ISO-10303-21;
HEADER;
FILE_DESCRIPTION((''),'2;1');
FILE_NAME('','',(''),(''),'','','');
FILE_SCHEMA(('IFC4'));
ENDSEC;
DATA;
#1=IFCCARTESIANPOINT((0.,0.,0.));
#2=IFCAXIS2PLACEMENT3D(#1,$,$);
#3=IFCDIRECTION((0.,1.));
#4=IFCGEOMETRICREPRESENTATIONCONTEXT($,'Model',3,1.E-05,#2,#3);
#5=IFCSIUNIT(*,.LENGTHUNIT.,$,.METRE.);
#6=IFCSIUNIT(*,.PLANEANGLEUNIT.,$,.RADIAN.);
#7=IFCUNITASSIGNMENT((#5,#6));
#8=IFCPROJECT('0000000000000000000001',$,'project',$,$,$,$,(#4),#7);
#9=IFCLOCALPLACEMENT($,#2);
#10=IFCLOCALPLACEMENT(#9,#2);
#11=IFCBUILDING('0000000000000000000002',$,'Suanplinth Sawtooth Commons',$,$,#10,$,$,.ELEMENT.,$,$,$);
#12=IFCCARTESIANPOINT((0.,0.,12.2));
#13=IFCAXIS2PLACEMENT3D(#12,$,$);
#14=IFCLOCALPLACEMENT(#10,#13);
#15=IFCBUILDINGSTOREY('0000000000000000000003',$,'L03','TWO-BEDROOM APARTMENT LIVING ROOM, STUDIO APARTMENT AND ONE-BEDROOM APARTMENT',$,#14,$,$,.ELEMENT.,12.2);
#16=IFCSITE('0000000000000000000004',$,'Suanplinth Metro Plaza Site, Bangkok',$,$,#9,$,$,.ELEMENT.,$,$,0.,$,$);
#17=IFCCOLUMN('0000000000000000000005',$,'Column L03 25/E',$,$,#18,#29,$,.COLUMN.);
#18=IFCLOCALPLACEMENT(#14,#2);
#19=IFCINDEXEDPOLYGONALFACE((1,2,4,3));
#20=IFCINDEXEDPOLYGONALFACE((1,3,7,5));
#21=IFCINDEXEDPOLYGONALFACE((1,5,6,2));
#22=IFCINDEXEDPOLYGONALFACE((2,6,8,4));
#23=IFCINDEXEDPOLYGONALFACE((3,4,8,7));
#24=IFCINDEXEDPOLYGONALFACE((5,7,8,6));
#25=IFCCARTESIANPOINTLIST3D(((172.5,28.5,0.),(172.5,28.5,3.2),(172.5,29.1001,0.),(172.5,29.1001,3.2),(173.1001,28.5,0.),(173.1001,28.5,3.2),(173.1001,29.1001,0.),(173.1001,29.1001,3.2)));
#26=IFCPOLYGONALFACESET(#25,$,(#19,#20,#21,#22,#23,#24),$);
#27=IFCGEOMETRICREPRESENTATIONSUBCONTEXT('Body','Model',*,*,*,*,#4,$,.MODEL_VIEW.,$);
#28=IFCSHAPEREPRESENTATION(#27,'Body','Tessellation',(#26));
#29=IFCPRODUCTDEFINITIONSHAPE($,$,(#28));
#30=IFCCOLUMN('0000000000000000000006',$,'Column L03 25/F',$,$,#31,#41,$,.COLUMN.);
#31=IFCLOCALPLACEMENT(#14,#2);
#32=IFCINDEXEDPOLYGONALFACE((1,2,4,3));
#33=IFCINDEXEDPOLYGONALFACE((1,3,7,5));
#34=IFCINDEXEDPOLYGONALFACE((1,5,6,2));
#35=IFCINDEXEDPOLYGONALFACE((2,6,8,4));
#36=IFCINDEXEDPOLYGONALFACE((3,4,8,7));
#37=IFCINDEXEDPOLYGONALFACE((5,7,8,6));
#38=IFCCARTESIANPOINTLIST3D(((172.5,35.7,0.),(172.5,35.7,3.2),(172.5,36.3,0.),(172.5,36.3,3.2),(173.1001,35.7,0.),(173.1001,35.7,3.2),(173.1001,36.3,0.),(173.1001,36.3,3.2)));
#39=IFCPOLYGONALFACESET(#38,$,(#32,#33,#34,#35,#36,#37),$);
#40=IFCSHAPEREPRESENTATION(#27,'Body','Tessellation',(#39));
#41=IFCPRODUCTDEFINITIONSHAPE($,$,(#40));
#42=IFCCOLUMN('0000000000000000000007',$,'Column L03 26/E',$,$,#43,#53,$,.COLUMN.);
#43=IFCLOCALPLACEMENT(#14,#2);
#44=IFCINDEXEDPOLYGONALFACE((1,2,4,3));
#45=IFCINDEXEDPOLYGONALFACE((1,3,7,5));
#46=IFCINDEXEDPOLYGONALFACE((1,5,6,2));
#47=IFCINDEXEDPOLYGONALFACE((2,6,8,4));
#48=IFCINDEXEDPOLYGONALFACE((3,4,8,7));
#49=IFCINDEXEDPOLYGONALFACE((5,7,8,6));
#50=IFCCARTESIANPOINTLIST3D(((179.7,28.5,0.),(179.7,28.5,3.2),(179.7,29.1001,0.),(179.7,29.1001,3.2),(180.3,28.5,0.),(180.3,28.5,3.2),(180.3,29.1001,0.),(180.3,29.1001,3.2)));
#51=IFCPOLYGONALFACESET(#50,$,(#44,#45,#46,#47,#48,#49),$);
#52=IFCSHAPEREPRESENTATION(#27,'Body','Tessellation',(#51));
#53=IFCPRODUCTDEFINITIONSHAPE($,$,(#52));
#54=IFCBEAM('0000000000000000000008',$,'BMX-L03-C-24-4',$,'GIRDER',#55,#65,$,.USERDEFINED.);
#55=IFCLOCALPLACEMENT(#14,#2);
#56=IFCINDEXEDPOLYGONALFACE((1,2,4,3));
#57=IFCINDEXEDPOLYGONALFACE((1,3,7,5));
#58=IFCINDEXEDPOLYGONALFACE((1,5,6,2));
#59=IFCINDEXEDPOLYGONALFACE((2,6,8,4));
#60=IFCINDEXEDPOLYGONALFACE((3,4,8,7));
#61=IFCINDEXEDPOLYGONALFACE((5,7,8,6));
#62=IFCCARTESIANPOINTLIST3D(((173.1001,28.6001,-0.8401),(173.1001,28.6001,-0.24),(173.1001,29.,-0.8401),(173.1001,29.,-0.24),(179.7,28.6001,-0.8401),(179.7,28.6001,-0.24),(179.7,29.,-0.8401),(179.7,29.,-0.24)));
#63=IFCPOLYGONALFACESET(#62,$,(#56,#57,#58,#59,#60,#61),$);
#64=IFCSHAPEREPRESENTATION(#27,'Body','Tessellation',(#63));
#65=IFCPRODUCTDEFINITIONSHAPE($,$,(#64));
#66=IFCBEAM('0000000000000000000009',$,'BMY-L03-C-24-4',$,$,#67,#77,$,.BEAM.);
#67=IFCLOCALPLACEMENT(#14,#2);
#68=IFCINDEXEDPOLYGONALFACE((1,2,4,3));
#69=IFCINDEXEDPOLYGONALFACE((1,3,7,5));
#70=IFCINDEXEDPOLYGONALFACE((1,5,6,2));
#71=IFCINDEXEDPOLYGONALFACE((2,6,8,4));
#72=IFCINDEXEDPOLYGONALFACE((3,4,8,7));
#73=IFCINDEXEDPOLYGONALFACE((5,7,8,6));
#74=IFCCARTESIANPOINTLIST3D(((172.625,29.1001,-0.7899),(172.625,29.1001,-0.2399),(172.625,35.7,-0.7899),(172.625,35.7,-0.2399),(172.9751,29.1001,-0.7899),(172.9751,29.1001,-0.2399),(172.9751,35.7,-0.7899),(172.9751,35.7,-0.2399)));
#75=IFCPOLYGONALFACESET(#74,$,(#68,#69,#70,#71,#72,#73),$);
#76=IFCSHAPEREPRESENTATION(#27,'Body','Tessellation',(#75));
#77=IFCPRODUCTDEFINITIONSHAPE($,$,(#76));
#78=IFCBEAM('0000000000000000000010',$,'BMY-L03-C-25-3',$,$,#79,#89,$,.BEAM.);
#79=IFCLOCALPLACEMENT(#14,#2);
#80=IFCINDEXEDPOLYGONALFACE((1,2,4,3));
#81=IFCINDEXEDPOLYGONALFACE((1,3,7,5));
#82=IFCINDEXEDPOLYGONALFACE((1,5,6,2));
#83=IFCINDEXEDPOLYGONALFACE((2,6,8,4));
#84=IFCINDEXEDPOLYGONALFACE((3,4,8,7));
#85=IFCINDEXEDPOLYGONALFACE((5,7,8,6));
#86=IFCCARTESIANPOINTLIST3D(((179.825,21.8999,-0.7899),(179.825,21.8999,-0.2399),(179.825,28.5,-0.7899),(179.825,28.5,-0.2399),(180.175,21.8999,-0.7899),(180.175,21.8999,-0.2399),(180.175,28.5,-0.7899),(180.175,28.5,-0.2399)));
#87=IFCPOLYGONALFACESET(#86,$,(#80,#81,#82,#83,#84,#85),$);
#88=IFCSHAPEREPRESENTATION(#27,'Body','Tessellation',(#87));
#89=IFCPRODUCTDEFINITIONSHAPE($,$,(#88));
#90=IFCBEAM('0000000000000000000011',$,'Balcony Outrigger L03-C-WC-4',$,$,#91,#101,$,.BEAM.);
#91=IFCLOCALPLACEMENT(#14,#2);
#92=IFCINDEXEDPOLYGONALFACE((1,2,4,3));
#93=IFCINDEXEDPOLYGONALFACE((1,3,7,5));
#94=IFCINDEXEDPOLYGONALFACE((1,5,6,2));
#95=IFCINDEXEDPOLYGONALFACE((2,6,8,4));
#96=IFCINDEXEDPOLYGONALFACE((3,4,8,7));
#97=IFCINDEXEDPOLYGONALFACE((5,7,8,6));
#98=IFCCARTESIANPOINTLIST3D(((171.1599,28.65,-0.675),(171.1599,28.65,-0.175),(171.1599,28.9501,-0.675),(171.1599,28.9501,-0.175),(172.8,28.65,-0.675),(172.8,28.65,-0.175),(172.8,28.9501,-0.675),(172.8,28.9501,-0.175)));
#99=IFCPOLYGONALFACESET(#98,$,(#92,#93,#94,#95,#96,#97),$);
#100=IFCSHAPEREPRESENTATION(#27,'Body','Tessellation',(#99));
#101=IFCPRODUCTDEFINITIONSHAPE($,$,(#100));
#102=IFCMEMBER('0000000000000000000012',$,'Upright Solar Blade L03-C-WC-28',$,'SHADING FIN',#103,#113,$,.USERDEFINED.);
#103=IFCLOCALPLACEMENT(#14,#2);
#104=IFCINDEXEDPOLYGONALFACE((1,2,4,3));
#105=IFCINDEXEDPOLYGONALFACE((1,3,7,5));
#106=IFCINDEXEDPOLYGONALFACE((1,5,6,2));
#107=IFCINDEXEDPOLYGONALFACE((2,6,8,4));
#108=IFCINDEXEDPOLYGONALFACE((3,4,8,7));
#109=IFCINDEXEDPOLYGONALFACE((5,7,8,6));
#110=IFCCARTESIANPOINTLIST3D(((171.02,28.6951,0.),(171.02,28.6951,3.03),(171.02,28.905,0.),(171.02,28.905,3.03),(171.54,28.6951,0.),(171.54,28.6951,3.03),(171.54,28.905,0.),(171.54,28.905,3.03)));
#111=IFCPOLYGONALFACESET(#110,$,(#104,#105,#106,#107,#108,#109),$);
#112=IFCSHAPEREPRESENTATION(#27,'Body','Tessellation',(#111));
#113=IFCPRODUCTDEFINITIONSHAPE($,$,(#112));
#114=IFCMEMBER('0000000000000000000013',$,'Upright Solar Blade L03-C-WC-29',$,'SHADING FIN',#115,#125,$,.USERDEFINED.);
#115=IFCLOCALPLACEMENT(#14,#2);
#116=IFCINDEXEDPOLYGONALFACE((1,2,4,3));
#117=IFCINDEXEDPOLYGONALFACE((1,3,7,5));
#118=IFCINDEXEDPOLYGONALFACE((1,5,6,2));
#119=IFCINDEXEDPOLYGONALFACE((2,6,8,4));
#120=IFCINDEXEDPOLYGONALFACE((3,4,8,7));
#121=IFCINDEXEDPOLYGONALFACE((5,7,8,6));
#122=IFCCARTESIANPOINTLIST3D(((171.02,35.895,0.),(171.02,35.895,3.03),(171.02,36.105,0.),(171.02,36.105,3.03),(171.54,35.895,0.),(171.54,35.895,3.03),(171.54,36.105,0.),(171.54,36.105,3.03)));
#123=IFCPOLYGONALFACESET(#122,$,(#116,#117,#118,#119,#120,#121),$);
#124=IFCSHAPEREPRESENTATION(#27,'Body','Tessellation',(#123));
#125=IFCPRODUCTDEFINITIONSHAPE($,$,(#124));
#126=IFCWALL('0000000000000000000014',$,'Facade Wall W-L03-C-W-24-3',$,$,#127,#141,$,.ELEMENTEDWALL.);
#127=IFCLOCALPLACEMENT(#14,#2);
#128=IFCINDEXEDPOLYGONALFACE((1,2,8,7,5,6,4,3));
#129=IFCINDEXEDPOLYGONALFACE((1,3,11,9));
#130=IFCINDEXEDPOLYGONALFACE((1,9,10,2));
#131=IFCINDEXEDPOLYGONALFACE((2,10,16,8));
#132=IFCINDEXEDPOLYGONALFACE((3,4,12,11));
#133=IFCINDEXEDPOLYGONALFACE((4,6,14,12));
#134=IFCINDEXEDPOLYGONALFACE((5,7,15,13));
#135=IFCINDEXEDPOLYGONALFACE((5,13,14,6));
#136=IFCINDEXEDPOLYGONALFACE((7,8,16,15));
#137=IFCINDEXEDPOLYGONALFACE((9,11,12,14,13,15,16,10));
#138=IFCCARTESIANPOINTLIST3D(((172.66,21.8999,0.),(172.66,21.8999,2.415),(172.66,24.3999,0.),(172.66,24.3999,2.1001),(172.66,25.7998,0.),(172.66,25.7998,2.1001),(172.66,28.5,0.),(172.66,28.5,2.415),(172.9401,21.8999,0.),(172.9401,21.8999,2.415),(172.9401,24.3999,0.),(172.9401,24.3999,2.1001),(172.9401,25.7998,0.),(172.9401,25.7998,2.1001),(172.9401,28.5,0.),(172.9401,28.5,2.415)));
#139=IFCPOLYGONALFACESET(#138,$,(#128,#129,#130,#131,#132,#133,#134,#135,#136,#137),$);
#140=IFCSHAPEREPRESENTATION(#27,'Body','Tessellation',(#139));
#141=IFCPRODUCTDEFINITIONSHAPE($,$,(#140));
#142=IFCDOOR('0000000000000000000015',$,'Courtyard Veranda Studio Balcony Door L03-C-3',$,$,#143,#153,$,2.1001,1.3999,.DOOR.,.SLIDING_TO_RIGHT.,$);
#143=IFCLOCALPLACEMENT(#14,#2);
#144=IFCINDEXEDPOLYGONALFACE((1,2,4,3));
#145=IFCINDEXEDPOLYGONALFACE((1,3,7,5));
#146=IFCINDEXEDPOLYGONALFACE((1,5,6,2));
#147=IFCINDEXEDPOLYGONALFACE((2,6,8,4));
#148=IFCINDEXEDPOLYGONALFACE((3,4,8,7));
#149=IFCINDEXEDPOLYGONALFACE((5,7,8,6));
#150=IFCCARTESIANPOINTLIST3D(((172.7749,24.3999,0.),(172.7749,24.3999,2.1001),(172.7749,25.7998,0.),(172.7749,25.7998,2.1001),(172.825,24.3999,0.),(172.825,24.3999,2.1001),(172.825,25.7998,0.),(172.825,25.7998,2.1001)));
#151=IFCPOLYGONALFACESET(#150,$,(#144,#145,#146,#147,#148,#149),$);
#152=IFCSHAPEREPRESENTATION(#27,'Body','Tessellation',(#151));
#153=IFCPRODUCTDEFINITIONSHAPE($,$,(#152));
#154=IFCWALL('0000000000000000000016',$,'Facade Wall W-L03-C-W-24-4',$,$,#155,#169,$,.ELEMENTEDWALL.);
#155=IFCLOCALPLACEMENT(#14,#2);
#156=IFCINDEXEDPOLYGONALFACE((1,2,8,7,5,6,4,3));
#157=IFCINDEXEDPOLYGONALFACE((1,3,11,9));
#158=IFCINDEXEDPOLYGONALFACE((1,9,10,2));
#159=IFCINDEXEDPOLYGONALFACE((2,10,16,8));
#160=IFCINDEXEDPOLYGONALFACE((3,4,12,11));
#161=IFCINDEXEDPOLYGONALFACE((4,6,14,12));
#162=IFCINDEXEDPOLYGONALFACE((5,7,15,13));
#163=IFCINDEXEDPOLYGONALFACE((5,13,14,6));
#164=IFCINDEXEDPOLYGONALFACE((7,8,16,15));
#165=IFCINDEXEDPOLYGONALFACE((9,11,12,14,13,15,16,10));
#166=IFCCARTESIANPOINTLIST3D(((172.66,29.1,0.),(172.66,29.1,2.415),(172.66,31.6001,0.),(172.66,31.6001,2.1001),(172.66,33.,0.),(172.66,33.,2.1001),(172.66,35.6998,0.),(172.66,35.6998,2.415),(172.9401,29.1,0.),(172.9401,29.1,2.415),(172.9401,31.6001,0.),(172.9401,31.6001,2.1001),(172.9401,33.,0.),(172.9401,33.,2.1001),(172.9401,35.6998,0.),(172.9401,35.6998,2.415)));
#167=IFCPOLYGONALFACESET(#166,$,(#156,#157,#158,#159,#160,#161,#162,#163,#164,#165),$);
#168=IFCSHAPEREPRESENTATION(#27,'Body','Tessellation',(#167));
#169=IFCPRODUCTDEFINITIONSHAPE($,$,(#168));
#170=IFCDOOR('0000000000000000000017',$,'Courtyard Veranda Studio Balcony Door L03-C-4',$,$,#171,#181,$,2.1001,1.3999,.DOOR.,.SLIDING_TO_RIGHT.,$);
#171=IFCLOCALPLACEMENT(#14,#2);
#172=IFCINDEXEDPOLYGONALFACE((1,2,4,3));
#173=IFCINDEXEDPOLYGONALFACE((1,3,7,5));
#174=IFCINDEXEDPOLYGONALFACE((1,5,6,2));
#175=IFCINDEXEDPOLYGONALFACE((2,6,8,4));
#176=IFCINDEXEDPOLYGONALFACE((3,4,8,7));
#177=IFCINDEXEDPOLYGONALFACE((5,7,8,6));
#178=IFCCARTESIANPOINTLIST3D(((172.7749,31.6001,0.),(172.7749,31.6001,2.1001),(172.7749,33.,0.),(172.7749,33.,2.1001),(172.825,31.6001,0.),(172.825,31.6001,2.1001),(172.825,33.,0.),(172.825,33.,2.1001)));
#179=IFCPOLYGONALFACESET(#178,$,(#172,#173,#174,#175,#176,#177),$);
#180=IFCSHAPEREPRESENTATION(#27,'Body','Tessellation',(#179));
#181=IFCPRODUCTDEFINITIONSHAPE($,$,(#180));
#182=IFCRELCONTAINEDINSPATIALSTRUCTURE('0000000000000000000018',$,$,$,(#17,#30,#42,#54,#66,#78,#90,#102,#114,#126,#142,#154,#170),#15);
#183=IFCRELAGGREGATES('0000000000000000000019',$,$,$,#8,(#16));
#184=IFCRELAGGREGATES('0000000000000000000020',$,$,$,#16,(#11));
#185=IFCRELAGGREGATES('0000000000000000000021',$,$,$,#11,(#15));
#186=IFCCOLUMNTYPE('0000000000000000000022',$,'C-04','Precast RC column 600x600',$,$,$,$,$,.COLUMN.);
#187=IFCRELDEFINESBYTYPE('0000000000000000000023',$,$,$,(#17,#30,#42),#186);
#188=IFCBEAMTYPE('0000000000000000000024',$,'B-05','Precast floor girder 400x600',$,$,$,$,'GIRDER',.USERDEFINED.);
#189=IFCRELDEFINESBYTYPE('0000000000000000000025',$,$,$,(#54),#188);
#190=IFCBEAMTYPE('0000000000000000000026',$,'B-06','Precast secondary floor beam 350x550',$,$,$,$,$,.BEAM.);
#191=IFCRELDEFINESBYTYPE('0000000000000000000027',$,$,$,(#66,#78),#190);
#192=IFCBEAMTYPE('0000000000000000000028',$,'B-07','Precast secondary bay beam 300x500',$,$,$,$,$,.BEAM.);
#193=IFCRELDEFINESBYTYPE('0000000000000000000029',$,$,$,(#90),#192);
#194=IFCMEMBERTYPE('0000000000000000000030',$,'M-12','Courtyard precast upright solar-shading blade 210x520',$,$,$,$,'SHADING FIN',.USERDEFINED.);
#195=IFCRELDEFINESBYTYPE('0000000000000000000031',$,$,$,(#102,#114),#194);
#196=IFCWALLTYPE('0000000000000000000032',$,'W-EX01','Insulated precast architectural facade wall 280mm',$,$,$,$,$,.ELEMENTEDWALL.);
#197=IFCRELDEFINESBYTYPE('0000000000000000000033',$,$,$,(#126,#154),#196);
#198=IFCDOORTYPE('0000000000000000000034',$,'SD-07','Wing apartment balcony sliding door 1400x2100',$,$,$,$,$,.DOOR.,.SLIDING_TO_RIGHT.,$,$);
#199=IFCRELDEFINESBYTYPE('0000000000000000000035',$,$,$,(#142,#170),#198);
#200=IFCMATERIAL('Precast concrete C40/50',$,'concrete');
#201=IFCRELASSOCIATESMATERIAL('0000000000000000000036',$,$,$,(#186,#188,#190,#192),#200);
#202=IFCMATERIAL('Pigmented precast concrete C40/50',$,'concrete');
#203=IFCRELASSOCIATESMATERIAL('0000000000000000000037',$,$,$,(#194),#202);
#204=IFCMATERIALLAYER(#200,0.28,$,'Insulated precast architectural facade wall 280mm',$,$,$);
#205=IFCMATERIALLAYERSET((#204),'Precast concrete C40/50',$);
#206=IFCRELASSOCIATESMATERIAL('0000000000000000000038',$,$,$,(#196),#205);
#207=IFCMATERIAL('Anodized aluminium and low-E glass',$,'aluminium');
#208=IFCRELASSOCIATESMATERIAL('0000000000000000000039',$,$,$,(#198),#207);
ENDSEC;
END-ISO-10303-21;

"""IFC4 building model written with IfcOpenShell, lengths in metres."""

from ifc_helpers import new_model, si_unit, direction, frame, frame_2d, origin, origin_2d, place, context, subcontext, project, spatial, rectangle, extrude, material, layer, layer_set, material_profile, profile_set, type_object, element, fill, save


model = new_model("IFC4")

# Units and contexts
model_context = context("Model", 3, precision=1e-05, world=origin(), true_north=direction((0.0, 1.0)))
body_context = subcontext(model_context, "Body", "Model", "MODEL_VIEW")
ifc_project = project(units=[si_unit("LENGTHUNIT", "METRE"), si_unit("PLANEANGLEUNIT", "RADIAN")], contexts=[model_context])

# Site, building, storey
site_placement = place(None, origin())
site = spatial("IfcSite", under=ifc_project, at=site_placement, Name="Suanplinth Metro Plaza Site, Bangkok", CompositionType="ELEMENT", RefElevation=0.0)
building_placement = place(site_placement, origin())
building = spatial("IfcBuilding", under=site, at=building_placement, Name="Suanplinth Sawtooth Commons", CompositionType="ELEMENT")
storey_placement = place(building_placement, frame((0.0, 0.0, 12.2)))
storey = spatial("IfcBuildingStorey", under=building, at=storey_placement, Name="L03", Description="TWO-BEDROOM APARTMENT LIVING ROOM, STUDIO APARTMENT AND ONE-BEDROOM APARTMENT", CompositionType="ELEMENT", Elevation=12.2)

# Columns
ifc_material_1 = material(Name="Precast concrete C40/50", Category="concrete")
ifc_material_profile_1 = material_profile(ifc_material_1, rectangle(XDim=0.6001, YDim=0.6001, at=origin_2d()), Name="PC-COL 600x600")
ifc_profile_set_1 = profile_set([ifc_material_profile_1], Name="Precast concrete C40/50")
column_type = type_object("IfcColumnType", Name="C-04", Description="Precast RC column 600x600", PredefinedType="COLUMN", material=ifc_profile_set_1)
for number, where, z_axis, x_axis, name in (
    (1, (172.8, 28.8, 0.0), (0.0, 0.0, 1.0), (1.0, 0.0, 0.0), "Column L03 25/E"),
    (2, (172.8, 36.0, 0.0), (0.0, 0.0, 1.0), (1.0, 0.0, 0.0), "Column L03 25/F"),
    (3, (180.0, 28.8, 0.0), (0.0, 0.0, 1.0), (1.0, 0.0, 0.0), "Column L03 26/E"),
):
    element("IfcColumn", number, at=place(storey_placement, frame(where, z_axis=z_axis, x_axis=x_axis)), inside=storey, type_object=column_type, Name=name, PredefinedType="COLUMN", context=body_context, shape_type="SweptSolid", body=[
        extrude(rectangle(XDim=0.6001, YDim=0.6001, at=origin_2d()), origin(), (0.0, 0.0, 1.0), 3.2),
    ])

# Beams
ifc_material_profile_2 = material_profile(ifc_material_1, rectangle(XDim=0.3999, YDim=0.6001, at=origin_2d()), Name="PC-GDR 400x600")
ifc_profile_set_2 = profile_set([ifc_material_profile_2], Name="Precast concrete C40/50")
beam_type_1 = type_object("IfcBeamType", Name="B-05", Description="Precast floor girder 400x600", ElementType="GIRDER", PredefinedType="USERDEFINED", material=ifc_profile_set_2)
beam_1_placement = place(storey_placement, frame((173.1001, 28.8, -0.54), z_axis=(1.0, 0.0, 0.0), x_axis=(0.0, 1.0, 0.0)))
element("IfcBeam", 4, at=beam_1_placement, inside=storey, type_object=beam_type_1, Name="BMX-L03-C-24-4", ObjectType="GIRDER", PredefinedType="USERDEFINED", context=body_context, shape_type="SweptSolid", body=[
    extrude(rectangle(XDim=0.3999, YDim=0.6001, at=origin_2d()), origin(), (0.0, 0.0, 1.0), 6.5999),
])
ifc_material_profile_3 = material_profile(ifc_material_1, rectangle(XDim=0.3501, YDim=0.55, at=origin_2d()), Name="PC-BM 350x550")
ifc_profile_set_3 = profile_set([ifc_material_profile_3], Name="Precast concrete C40/50")
beam_type_2 = type_object("IfcBeamType", Name="B-06", Description="Precast secondary floor beam 350x550", PredefinedType="BEAM", material=ifc_profile_set_3)
beam_2_placement = place(storey_placement, frame((172.8, 29.1001, -0.5149), z_axis=(0.0, 1.0, 0.0), x_axis=(-1.0, 0.0, 0.0)))
element("IfcBeam", 5, at=beam_2_placement, inside=storey, type_object=beam_type_2, Name="BMY-L03-C-24-4", PredefinedType="BEAM", context=body_context, shape_type="SweptSolid", body=[
    extrude(rectangle(XDim=0.3501, YDim=0.55, at=origin_2d()), origin(), (0.0, 0.0, 1.0), 6.5999),
])
beam_3_placement = place(storey_placement, frame((180.0, 21.8999, -0.5149), z_axis=(0.0, 1.0, 0.0), x_axis=(-1.0, 0.0, 0.0)))
element("IfcBeam", 6, at=beam_3_placement, inside=storey, type_object=beam_type_2, Name="BMY-L03-C-25-3", PredefinedType="BEAM", context=body_context, shape_type="SweptSolid", body=[
    extrude(rectangle(XDim=0.3501, YDim=0.55, at=origin_2d()), origin(), (0.0, 0.0, 1.0), 6.6001),
])
ifc_material_profile_4 = material_profile(ifc_material_1, rectangle(XDim=0.3, YDim=0.5, at=origin_2d()), Name="PC-BM 300x500")
ifc_profile_set_4 = profile_set([ifc_material_profile_4], Name="Precast concrete C40/50")
beam_type_3 = type_object("IfcBeamType", Name="B-07", Description="Precast secondary bay beam 300x500", PredefinedType="BEAM", material=ifc_profile_set_4)
beam_4_placement = place(storey_placement, frame((172.8, 28.8, -0.425), z_axis=(-1.0, 0.0, 0.0), x_axis=(0.0, -1.0, 0.0)))
element("IfcBeam", 7, at=beam_4_placement, inside=storey, type_object=beam_type_3, Name="Balcony Outrigger L03-C-WC-4", PredefinedType="BEAM", context=body_context, shape_type="SweptSolid", body=[
    extrude(rectangle(XDim=0.3, YDim=0.5, at=origin_2d()), origin(), (0.0, 0.0, 1.0), 1.6401),
])

# Members
ifc_material_2 = material(Name="Pigmented precast concrete C40/50", Category="concrete")
ifc_material_profile_5 = material_profile(ifc_material_2, rectangle(XDim=0.21, YDim=0.52, at=origin_2d()), Name="PC-FIN 210x520")
ifc_profile_set_5 = profile_set([ifc_material_profile_5], Name="Pigmented precast concrete C40/50")
member_type = type_object("IfcMemberType", Name="M-12", Description="Courtyard precast upright solar-shading blade 210x520", ElementType="SHADING FIN", PredefinedType="USERDEFINED", material=ifc_profile_set_5)
for number, where, z_axis, x_axis, name in (
    (8, (171.28, 28.8, 0.0), (0.0, 0.0, 1.0), (0.0, 1.0, 0.0), "Upright Solar Blade L03-C-WC-28"),
    (9, (171.28, 36.0, 0.0), (0.0, 0.0, 1.0), (0.0, 1.0, 0.0), "Upright Solar Blade L03-C-WC-29"),
):
    element("IfcMember", number, at=place(storey_placement, frame(where, z_axis=z_axis, x_axis=x_axis)), inside=storey, type_object=member_type, Name=name, ObjectType="SHADING FIN", PredefinedType="USERDEFINED", context=body_context, shape_type="SweptSolid", body=[
        extrude(rectangle(XDim=0.21, YDim=0.52, at=origin_2d()), origin(), (0.0, 0.0, 1.0), 3.03),
    ])

# Walls, openings, doors
ifc_layer_1 = layer(ifc_material_1, 0.28, Name="Insulated precast architectural facade wall 280mm")
ifc_layer_set_1 = layer_set([ifc_layer_1], Name="Precast concrete C40/50")
wall_type_1 = type_object("IfcWallType", Name="W-EX01", Description="Insulated precast architectural facade wall 280mm", PredefinedType="ELEMENTEDWALL", material=ifc_layer_set_1)
wall_1_placement = place(storey_placement, frame((172.8, 21.8999, 0.0), z_axis=(0.0, 0.0, 1.0), x_axis=(0.0, 1.0, 0.0)))
wall_1 = element("IfcWall", 10, at=wall_1_placement, inside=storey, type_object=wall_type_1, Name="Facade Wall W-L03-C-W-24-3", PredefinedType="ELEMENTEDWALL", context=body_context, shape_type="SweptSolid", body=[
    extrude(rectangle(XDim=6.6001, YDim=0.28, at=frame_2d((3.3, 0.0))), origin(), (0.0, 0.0, 1.0), 2.415),
])
opening_1_placement = place(wall_1_placement, frame((2.5, 0.0, 0.0)))
opening_1 = element("IfcOpeningElement", 11, at=opening_1_placement, cuts=wall_1, PredefinedType="OPENING", context=body_context, shape_type="SweptSolid", body=[
    extrude(rectangle(XDim=1.3999, YDim=2.1001, at=frame_2d((0.7, 1.05))), frame((0.0, 0.1548, 0.0), z_axis=(0.0, -1.0, 0.0), x_axis=(1.0, 0.0, 0.0)), (0.0, 0.0, 1.0), 0.3098),
])
ifc_material_3 = material(Name="Anodized aluminium and low-E glass", Category="aluminium")
door_type_1 = type_object("IfcDoorType", Name="SD-07", Description="Wing apartment balcony sliding door 1400x2100", OperationType="SLIDING_TO_RIGHT", PredefinedType="DOOR", material=ifc_material_3)
door_1_placement = place(opening_1_placement, frame((1.3999, 0.0, 0.0), z_axis=(0.0, 0.0, 1.0), x_axis=(-1.0, 0.0, 0.0)))
door_1 = element("IfcDoor", 12, at=door_1_placement, inside=storey, type_object=door_type_1, Name="Courtyard Veranda Studio Balcony Door L03-C-3", OperationType="SLIDING_TO_RIGHT", OverallHeight=2.1001, OverallWidth=1.3999, PredefinedType="DOOR", context=body_context, shape_type="SweptSolid", body=[
    extrude(rectangle(XDim=1.3999, YDim=2.1001, at=frame_2d((0.7, 1.05))), frame((0.0, 0.0249, 0.0), z_axis=(0.0, -1.0, 0.0), x_axis=(1.0, 0.0, 0.0)), (0.0, 0.0, 1.0), 0.05),
])
fill(opening_1, door_1)
wall_2_placement = place(storey_placement, frame((172.8, 29.1001, 0.0), z_axis=(0.0, 0.0, 1.0), x_axis=(0.0, 1.0, 0.0)))
wall_2 = element("IfcWall", 13, at=wall_2_placement, inside=storey, type_object=wall_type_1, Name="Facade Wall W-L03-C-W-24-4", PredefinedType="ELEMENTEDWALL", context=body_context, shape_type="SweptSolid", body=[
    extrude(rectangle(XDim=6.5999, YDim=0.28, at=frame_2d((3.2998, 0.0))), origin(), (0.0, 0.0, 1.0), 2.415),
])
opening_2_placement = place(wall_2_placement, frame((2.5, 0.0, 0.0)))
opening_2 = element("IfcOpeningElement", 14, at=opening_2_placement, cuts=wall_2, PredefinedType="OPENING", context=body_context, shape_type="SweptSolid", body=[
    extrude(rectangle(XDim=1.3999, YDim=2.1001, at=frame_2d((0.7, 1.05))), frame((0.0, 0.1548, 0.0), z_axis=(0.0, -1.0, 0.0), x_axis=(1.0, 0.0, 0.0)), (0.0, 0.0, 1.0), 0.3098),
])
door_2_placement = place(opening_2_placement, frame((1.3999, 0.0, 0.0), z_axis=(0.0, 0.0, 1.0), x_axis=(-1.0, 0.0, 0.0)))
door_2 = element("IfcDoor", 15, at=door_2_placement, inside=storey, type_object=door_type_1, Name="Courtyard Veranda Studio Balcony Door L03-C-4", OperationType="SLIDING_TO_RIGHT", OverallHeight=2.1001, OverallWidth=1.3999, PredefinedType="DOOR", context=body_context, shape_type="SweptSolid", body=[
    extrude(rectangle(XDim=1.3999, YDim=2.1001, at=frame_2d((0.7, 1.05))), frame((0.0, 0.0249, 0.0), z_axis=(0.0, -1.0, 0.0), x_axis=(1.0, 0.0, 0.0)), (0.0, 0.0, 1.0), 0.05),
])
fill(opening_2, door_2)

save(model, "model.ifc")
